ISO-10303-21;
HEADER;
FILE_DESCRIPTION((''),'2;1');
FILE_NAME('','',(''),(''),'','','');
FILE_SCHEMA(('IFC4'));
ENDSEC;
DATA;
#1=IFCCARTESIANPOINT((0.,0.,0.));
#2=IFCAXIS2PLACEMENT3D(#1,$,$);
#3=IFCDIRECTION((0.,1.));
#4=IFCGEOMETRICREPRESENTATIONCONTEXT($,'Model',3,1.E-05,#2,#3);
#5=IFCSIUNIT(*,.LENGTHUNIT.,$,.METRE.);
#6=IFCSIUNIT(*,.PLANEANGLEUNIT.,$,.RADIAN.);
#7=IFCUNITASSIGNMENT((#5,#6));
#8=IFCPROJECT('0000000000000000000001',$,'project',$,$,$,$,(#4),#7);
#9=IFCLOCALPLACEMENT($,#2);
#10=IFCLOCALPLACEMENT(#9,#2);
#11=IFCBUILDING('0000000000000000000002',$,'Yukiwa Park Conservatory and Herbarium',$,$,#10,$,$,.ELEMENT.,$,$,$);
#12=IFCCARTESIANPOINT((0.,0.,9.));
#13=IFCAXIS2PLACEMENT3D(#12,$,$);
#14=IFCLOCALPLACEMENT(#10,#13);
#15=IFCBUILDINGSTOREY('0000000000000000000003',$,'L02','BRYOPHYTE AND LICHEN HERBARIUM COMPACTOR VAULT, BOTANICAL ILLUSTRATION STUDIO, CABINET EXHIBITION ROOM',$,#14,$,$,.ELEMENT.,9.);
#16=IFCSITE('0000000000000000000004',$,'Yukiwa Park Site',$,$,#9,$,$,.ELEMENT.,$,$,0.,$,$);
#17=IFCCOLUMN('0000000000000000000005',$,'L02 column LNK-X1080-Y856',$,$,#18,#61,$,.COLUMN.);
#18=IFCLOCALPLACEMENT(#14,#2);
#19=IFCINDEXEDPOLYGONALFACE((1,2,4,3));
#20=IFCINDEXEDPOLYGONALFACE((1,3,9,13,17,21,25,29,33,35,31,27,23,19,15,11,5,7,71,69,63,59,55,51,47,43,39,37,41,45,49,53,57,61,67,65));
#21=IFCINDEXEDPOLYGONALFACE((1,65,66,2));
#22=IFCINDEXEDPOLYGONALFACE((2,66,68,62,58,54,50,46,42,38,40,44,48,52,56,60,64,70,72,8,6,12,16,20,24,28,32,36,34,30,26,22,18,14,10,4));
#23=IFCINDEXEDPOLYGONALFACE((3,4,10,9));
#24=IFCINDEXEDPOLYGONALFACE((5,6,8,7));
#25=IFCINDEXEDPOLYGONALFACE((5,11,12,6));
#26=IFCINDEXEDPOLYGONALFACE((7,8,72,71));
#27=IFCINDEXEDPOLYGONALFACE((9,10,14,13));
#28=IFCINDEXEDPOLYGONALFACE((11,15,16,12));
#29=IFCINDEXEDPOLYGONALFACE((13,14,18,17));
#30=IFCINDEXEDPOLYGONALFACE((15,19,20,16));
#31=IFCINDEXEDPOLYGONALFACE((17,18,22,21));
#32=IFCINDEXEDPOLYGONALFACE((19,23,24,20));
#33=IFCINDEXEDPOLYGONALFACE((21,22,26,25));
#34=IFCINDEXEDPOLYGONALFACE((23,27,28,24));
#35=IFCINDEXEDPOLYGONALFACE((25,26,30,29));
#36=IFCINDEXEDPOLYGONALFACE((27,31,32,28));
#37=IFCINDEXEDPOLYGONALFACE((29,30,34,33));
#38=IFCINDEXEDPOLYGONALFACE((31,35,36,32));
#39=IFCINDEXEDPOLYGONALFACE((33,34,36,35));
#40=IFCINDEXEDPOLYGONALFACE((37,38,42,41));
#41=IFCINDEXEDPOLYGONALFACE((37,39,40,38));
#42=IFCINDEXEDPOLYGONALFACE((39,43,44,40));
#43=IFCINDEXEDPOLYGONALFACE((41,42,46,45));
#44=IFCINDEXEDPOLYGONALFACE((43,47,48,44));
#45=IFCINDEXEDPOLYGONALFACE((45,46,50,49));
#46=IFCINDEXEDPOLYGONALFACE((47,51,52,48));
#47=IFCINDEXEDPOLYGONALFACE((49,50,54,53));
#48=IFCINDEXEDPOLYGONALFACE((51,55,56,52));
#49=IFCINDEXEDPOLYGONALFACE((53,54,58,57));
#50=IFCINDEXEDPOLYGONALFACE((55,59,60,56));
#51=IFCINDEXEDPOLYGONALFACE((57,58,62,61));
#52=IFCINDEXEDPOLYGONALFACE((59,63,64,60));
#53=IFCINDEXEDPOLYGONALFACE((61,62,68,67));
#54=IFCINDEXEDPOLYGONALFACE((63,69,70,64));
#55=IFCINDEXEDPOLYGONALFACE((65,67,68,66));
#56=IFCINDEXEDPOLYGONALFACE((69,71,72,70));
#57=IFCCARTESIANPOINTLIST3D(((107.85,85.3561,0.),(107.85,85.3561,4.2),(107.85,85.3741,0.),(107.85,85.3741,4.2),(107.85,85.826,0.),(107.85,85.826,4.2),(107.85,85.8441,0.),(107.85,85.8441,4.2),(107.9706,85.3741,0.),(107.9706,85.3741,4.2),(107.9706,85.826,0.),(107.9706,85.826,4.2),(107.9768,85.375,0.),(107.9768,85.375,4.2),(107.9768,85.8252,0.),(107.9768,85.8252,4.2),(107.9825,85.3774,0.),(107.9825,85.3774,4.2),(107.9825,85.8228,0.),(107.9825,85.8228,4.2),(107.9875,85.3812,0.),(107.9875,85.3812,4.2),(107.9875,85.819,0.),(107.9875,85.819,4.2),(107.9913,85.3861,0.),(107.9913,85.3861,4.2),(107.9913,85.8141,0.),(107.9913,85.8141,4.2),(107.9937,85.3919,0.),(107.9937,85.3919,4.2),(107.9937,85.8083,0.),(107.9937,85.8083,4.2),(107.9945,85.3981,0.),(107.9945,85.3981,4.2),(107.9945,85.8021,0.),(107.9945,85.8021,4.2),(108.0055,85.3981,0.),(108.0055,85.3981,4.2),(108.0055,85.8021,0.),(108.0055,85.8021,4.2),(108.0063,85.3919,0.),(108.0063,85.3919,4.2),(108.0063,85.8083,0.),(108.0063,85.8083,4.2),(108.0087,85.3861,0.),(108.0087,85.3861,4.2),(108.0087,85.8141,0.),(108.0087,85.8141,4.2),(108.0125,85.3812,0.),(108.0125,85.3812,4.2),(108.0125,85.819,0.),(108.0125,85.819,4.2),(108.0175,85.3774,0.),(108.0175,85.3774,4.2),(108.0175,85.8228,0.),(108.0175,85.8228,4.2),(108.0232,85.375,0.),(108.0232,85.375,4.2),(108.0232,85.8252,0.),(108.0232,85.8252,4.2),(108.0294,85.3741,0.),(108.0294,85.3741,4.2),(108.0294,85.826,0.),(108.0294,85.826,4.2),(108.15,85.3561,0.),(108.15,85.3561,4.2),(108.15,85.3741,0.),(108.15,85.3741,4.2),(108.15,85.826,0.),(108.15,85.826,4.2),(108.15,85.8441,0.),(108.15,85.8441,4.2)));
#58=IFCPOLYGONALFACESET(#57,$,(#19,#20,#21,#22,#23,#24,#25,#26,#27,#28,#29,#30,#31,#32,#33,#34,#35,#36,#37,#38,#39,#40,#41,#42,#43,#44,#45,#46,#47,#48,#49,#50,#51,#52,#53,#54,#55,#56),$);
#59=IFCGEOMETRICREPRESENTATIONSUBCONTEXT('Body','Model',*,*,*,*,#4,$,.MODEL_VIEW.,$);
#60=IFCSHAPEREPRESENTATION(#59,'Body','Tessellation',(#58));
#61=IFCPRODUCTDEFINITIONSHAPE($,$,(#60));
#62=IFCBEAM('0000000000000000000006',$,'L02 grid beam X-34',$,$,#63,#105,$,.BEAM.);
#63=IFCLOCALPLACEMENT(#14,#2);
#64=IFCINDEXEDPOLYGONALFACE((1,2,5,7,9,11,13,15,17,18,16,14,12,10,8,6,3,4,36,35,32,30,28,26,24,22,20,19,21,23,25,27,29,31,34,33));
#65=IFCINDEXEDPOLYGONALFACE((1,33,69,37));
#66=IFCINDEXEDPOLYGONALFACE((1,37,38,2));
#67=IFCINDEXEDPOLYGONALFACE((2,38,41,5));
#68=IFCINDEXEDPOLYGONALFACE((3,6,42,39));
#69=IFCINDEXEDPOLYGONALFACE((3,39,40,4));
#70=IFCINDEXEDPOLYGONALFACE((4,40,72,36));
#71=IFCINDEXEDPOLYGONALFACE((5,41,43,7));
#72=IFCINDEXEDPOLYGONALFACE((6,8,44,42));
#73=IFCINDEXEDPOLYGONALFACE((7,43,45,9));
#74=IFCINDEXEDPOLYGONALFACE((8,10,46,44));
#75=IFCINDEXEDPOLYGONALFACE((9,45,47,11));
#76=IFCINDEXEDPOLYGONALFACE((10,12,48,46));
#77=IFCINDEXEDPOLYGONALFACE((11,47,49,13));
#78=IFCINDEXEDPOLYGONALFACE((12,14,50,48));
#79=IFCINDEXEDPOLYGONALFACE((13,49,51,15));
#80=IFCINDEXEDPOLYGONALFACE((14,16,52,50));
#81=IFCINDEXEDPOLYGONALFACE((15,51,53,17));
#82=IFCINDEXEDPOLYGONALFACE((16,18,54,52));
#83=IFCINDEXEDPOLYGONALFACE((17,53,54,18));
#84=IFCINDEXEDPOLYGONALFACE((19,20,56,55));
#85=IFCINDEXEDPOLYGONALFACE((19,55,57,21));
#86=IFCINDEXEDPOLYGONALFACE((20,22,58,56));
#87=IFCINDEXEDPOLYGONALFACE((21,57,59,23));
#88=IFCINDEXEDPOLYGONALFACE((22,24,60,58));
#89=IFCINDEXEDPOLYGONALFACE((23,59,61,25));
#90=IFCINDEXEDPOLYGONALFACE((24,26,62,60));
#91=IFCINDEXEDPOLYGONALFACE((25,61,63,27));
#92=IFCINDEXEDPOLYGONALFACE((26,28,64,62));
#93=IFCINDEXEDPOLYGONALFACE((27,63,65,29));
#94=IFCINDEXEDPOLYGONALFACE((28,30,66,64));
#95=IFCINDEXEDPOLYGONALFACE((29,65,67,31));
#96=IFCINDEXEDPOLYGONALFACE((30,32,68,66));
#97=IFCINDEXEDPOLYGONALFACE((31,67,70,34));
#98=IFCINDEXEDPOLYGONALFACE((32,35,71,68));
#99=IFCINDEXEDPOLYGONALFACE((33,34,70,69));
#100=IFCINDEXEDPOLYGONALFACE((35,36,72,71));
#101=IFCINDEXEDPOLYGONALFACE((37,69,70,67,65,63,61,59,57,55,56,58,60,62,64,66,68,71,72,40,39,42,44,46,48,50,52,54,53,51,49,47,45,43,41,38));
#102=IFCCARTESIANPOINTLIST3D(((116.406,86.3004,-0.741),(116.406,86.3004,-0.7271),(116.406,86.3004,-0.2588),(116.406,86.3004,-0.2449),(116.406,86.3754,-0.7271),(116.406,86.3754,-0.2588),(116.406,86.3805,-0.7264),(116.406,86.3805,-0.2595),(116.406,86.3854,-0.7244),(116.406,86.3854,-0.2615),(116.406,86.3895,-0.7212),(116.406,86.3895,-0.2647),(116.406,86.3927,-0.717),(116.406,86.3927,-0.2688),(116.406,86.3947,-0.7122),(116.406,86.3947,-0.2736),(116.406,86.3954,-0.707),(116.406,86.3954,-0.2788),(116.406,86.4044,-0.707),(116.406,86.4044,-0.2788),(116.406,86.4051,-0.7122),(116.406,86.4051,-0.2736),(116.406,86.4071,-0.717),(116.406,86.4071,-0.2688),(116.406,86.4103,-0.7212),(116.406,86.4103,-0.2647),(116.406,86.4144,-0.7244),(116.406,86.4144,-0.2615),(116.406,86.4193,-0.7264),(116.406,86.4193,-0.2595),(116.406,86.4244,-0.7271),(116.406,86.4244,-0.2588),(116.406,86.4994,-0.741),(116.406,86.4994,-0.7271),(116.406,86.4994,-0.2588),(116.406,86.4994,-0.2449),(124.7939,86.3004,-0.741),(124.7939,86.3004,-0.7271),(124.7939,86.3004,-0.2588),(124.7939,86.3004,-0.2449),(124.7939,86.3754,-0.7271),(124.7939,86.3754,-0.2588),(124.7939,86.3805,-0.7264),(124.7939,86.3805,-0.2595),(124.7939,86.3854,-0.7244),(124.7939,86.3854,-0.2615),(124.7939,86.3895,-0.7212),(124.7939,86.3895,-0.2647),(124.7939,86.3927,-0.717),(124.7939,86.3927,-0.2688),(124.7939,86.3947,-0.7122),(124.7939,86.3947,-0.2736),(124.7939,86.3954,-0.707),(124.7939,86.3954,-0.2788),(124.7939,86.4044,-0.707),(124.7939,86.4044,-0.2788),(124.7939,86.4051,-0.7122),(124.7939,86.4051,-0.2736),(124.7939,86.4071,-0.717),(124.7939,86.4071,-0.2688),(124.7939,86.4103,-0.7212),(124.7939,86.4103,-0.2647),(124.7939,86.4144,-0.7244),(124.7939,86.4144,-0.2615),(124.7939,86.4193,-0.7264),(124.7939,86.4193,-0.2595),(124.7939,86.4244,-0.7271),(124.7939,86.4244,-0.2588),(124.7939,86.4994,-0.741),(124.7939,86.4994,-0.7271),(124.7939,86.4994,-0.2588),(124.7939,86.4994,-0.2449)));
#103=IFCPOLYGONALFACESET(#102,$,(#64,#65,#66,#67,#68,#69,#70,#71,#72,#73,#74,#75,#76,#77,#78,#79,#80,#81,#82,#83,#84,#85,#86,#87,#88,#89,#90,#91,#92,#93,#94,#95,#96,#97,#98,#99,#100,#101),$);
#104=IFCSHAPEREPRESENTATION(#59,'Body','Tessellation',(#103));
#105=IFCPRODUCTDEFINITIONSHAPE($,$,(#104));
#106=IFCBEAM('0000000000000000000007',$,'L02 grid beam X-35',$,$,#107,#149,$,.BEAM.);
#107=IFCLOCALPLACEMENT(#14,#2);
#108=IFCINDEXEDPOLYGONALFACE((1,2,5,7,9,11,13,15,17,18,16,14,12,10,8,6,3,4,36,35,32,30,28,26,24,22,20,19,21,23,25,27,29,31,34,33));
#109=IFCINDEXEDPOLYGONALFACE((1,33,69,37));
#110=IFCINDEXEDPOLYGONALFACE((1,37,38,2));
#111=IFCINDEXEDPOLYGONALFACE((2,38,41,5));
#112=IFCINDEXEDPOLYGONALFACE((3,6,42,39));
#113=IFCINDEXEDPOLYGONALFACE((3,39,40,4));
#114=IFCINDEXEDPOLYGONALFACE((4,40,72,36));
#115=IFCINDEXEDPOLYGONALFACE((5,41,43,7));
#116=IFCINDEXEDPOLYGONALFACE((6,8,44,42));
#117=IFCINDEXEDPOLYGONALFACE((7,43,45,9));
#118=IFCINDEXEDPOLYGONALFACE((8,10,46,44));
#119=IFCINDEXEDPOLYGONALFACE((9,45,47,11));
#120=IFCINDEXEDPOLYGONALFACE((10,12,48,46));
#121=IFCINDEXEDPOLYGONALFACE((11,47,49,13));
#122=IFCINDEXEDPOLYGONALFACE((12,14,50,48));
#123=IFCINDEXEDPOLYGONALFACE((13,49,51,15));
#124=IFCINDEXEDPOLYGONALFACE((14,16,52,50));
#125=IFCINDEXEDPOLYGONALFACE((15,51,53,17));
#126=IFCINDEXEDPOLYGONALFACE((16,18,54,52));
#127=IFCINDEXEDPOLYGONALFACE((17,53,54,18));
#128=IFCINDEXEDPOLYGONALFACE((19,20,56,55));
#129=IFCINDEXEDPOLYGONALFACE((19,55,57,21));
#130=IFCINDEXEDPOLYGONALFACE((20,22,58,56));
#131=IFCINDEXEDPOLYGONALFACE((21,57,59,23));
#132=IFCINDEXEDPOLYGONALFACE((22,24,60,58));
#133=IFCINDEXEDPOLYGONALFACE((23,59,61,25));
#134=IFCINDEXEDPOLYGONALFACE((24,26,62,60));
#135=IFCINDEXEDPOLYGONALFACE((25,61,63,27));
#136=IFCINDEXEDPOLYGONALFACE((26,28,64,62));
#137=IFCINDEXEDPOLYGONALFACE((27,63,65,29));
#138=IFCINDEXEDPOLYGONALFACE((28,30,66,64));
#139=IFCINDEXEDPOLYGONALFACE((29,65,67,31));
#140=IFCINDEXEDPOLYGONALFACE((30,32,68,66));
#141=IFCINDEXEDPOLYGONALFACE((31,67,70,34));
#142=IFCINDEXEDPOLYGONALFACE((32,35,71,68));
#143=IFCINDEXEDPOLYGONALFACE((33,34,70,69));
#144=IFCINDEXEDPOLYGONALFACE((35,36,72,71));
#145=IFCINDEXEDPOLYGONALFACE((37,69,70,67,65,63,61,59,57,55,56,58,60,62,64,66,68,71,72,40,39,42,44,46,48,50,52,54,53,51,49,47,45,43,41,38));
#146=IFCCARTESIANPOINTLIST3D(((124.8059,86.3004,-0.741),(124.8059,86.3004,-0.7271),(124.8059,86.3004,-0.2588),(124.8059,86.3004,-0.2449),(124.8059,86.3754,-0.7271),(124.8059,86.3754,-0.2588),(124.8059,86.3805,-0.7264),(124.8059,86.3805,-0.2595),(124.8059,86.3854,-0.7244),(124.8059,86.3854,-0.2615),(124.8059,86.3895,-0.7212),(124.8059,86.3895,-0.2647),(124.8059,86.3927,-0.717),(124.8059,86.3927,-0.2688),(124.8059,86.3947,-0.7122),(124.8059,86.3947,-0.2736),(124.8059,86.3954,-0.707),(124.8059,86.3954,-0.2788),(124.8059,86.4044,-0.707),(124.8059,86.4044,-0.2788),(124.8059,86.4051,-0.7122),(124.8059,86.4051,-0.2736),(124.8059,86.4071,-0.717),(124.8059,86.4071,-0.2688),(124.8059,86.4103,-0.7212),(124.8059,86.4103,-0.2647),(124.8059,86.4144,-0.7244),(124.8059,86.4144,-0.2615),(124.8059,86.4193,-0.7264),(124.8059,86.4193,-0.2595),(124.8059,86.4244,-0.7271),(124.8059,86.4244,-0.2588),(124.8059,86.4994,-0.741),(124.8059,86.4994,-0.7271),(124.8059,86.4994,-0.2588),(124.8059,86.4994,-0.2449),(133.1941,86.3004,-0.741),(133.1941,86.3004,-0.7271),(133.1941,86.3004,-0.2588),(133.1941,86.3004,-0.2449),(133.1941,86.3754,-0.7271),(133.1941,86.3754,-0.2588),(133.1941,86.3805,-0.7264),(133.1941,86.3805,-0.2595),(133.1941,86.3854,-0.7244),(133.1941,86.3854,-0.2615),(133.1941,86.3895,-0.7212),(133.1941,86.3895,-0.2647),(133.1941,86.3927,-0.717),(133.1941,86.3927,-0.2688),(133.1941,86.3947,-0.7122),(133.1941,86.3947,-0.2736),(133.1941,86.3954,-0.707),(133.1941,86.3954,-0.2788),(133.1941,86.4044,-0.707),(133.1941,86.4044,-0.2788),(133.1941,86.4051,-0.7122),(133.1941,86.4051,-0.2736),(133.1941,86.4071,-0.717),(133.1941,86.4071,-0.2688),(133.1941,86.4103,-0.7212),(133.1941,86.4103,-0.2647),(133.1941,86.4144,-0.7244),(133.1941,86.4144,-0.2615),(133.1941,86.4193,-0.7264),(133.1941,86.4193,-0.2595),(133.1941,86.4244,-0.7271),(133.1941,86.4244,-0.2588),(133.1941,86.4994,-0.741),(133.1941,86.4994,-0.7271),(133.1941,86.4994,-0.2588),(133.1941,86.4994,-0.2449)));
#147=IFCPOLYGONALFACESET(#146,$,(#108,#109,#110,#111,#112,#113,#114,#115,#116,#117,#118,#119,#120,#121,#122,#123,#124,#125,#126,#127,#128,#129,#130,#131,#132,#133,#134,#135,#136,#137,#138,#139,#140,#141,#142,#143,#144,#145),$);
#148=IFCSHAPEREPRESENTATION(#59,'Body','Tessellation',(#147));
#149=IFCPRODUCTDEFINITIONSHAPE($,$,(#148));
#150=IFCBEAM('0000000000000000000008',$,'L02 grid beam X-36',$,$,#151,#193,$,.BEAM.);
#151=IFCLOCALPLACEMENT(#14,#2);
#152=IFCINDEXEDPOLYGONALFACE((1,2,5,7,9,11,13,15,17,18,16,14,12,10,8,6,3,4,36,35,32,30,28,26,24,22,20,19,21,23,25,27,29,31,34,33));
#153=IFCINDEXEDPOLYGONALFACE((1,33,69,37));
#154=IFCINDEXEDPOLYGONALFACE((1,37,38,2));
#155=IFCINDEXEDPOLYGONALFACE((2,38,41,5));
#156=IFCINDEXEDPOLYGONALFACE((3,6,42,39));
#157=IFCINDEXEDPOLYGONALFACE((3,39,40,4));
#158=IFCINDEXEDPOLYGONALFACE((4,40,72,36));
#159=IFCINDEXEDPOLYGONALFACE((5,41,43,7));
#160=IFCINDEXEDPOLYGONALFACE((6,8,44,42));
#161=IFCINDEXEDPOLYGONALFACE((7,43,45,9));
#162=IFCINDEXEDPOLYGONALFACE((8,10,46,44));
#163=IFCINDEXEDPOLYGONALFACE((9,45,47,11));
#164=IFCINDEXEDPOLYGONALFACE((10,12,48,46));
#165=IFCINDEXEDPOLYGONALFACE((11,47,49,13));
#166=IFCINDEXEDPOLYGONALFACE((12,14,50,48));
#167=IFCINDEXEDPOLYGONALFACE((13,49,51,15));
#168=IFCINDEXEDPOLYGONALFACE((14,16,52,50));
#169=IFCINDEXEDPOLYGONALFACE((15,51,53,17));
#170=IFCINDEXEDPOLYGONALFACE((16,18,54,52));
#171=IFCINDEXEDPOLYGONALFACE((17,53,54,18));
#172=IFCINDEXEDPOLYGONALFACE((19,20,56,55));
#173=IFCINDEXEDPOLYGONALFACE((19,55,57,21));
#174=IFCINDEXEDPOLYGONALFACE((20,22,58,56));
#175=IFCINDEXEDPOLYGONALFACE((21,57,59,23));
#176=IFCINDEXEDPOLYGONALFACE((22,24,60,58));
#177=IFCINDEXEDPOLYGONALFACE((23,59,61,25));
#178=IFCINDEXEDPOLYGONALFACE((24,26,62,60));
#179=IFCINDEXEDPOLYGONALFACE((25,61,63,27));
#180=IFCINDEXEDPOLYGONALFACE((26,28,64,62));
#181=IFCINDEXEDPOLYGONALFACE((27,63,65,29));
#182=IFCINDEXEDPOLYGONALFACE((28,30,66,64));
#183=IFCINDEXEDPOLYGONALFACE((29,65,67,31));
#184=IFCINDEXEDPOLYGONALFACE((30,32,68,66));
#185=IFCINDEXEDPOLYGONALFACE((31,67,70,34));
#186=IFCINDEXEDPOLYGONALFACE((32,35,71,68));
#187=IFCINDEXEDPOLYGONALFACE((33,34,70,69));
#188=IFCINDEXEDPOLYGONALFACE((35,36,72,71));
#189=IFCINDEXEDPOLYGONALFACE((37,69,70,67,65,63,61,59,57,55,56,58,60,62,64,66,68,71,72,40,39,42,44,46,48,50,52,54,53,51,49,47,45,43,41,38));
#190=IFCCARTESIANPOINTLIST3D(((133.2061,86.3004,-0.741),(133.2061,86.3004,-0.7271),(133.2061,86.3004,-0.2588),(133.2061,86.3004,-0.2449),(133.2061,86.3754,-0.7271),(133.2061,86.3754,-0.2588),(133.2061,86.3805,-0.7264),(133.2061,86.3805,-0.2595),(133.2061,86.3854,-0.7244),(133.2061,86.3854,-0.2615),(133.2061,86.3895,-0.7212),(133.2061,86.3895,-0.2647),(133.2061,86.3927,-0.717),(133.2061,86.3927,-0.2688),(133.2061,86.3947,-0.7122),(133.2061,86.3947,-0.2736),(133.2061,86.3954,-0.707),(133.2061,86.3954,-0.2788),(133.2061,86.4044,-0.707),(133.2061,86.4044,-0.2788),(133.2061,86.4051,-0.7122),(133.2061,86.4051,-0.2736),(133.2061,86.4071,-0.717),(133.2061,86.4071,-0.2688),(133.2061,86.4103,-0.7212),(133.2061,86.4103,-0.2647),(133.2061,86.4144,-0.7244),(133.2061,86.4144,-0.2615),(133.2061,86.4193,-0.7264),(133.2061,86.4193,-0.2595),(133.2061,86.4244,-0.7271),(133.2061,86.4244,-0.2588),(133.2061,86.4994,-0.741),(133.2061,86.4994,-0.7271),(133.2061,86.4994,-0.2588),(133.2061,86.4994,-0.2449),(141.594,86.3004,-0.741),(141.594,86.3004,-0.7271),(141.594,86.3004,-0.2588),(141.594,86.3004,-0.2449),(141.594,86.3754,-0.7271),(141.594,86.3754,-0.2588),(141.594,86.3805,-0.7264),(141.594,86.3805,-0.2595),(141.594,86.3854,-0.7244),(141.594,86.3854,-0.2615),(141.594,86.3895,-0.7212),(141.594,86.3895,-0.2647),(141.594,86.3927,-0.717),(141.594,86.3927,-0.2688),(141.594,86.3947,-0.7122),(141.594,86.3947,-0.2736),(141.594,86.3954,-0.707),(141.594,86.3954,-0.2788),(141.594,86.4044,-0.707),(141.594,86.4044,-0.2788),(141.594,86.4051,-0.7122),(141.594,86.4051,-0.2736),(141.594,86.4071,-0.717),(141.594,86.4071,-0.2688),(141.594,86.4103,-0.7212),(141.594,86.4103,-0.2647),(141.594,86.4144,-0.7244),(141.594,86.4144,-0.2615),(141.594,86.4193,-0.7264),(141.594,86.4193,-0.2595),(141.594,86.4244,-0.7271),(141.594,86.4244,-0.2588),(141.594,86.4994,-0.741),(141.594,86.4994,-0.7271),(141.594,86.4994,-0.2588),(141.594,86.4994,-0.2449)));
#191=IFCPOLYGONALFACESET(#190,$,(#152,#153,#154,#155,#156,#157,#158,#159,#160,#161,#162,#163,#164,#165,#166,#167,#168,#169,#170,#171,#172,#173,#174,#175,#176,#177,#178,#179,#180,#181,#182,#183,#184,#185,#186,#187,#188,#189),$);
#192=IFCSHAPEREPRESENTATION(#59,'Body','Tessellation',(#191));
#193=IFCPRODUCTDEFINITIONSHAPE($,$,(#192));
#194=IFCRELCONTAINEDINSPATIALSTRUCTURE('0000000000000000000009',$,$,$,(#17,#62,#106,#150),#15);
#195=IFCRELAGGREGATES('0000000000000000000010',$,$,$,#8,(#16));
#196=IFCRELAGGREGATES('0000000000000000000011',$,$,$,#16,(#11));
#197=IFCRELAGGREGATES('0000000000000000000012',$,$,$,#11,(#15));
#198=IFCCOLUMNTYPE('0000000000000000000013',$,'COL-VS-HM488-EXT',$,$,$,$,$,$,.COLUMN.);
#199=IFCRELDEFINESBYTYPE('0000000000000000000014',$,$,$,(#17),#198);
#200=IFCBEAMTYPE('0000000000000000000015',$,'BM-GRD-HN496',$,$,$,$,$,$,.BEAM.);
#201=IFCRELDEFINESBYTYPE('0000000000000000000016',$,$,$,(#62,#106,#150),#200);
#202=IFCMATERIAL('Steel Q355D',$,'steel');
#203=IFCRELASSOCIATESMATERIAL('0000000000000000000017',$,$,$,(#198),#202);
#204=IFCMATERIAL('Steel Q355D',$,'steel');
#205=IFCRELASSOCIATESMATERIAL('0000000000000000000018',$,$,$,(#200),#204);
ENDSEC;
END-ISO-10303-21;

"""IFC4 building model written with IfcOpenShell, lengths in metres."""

from ifc_helpers import new_model, si_unit, direction, frame, origin, origin_2d, place, context, subcontext, project, spatial, i_section, extrude, material, material_profile, profile_set, type_object, element, save


model = new_model("IFC4")

# Units and contexts
model_context = context("Model", 3, precision=1e-05, world=origin(), true_north=direction((0.0, 1.0)))
body_context = subcontext(model_context, "Body", "Model", "MODEL_VIEW")
ifc_project = project(units=[si_unit("LENGTHUNIT", "METRE"), si_unit("PLANEANGLEUNIT", "RADIAN")], contexts=[model_context])

# Site, building, storey
site_placement = place(None, origin())
site = spatial("IfcSite", under=ifc_project, at=site_placement, Name="Yukiwa Park Site", CompositionType="ELEMENT", RefElevation=0.0)
building_placement = place(site_placement, origin())
building = spatial("IfcBuilding", under=site, at=building_placement, Name="Yukiwa Park Conservatory and Herbarium", CompositionType="ELEMENT")
storey_placement = place(building_placement, frame((0.0, 0.0, 9.0)))
storey = spatial("IfcBuildingStorey", under=building, at=storey_placement, Name="L02", Description="BRYOPHYTE AND LICHEN HERBARIUM COMPACTOR VAULT, BOTANICAL ILLUSTRATION STUDIO, CABINET EXHIBITION ROOM", CompositionType="ELEMENT", Elevation=9.0)

# Column
ifc_material_1 = material(Name="Steel Q355D", Category="steel")
ifc_material_profile_1 = material_profile(ifc_material_1, i_section(OverallWidth=0.3, OverallDepth=0.488, WebThickness=0.011, FlangeThickness=0.0181, FilletRadius=0.0239, at=origin_2d()), Name="HM 488x300x11x18")
ifc_profile_set_1 = profile_set([ifc_material_profile_1], Name="Steel Q355D")
column_type_1 = type_object("IfcColumnType", Name="COL-VS-HM488-EXT", PredefinedType="COLUMN", material=ifc_profile_set_1)
column_1_placement = place(storey_placement, frame((108.0, 85.6001, 0.0), z_axis=(0.0, 0.0, 1.0), x_axis=(1.0, 0.0, 0.0)))
element("IfcColumn", 1, at=column_1_placement, inside=storey, type_object=column_type_1, Name="L02 column LNK-X1080-Y856", PredefinedType="COLUMN", context=body_context, shape_type="SweptSolid", body=[
    extrude(i_section(OverallWidth=0.3, OverallDepth=0.488, WebThickness=0.011, FlangeThickness=0.0181, FilletRadius=0.0239, at=origin_2d()), origin(), (0.0, 0.0, 1.0), 4.2),
])

# Beams
ifc_material_2 = material(Name="Steel Q355D", Category="steel")
ifc_material_profile_2 = material_profile(ifc_material_2, i_section(OverallWidth=0.199, OverallDepth=0.4961, WebThickness=0.009, FlangeThickness=0.0139, FilletRadius=0.02, at=origin_2d()), Name="HN 496x199x9x14")
ifc_profile_set_2 = profile_set([ifc_material_profile_2], Name="Steel Q355D")
beam_type_1 = type_object("IfcBeamType", Name="BM-GRD-HN496", PredefinedType="BEAM", material=ifc_profile_set_2)
beam_1_placement = place(storey_placement, frame((116.406, 86.3999, -0.4929), z_axis=(1.0, 0.0, 0.0), x_axis=(0.0, 1.0, 0.0)))
element("IfcBeam", 2, at=beam_1_placement, inside=storey, type_object=beam_type_1, Name="L02 grid beam X-34", PredefinedType="BEAM", context=body_context, shape_type="SweptSolid", body=[
    extrude(i_section(OverallWidth=0.199, OverallDepth=0.4961, WebThickness=0.009, FlangeThickness=0.0139, FilletRadius=0.02, at=origin_2d()), origin(), (0.0, 0.0, 1.0), 8.3879),
])
beam_2_placement = place(storey_placement, frame((124.8059, 86.3999, -0.4929), z_axis=(1.0, 0.0, 0.0), x_axis=(0.0, 1.0, 0.0)))
element("IfcBeam", 3, at=beam_2_placement, inside=storey, type_object=beam_type_1, Name="L02 grid beam X-35", PredefinedType="BEAM", context=body_context, shape_type="SweptSolid", body=[
    extrude(i_section(OverallWidth=0.199, OverallDepth=0.4961, WebThickness=0.009, FlangeThickness=0.0139, FilletRadius=0.02, at=origin_2d()), origin(), (0.0, 0.0, 1.0), 8.3882),
])
beam_3_placement = place(storey_placement, frame((133.2061, 86.3999, -0.4929), z_axis=(1.0, 0.0, 0.0), x_axis=(0.0, 1.0, 0.0)))
element("IfcBeam", 4, at=beam_3_placement, inside=storey, type_object=beam_type_1, Name="L02 grid beam X-36", PredefinedType="BEAM", context=body_context, shape_type="SweptSolid", body=[
    extrude(i_section(OverallWidth=0.199, OverallDepth=0.4961, WebThickness=0.009, FlangeThickness=0.0139, FilletRadius=0.02, at=origin_2d()), origin(), (0.0, 0.0, 1.0), 8.3879),
])

save(model, "model.ifc")
